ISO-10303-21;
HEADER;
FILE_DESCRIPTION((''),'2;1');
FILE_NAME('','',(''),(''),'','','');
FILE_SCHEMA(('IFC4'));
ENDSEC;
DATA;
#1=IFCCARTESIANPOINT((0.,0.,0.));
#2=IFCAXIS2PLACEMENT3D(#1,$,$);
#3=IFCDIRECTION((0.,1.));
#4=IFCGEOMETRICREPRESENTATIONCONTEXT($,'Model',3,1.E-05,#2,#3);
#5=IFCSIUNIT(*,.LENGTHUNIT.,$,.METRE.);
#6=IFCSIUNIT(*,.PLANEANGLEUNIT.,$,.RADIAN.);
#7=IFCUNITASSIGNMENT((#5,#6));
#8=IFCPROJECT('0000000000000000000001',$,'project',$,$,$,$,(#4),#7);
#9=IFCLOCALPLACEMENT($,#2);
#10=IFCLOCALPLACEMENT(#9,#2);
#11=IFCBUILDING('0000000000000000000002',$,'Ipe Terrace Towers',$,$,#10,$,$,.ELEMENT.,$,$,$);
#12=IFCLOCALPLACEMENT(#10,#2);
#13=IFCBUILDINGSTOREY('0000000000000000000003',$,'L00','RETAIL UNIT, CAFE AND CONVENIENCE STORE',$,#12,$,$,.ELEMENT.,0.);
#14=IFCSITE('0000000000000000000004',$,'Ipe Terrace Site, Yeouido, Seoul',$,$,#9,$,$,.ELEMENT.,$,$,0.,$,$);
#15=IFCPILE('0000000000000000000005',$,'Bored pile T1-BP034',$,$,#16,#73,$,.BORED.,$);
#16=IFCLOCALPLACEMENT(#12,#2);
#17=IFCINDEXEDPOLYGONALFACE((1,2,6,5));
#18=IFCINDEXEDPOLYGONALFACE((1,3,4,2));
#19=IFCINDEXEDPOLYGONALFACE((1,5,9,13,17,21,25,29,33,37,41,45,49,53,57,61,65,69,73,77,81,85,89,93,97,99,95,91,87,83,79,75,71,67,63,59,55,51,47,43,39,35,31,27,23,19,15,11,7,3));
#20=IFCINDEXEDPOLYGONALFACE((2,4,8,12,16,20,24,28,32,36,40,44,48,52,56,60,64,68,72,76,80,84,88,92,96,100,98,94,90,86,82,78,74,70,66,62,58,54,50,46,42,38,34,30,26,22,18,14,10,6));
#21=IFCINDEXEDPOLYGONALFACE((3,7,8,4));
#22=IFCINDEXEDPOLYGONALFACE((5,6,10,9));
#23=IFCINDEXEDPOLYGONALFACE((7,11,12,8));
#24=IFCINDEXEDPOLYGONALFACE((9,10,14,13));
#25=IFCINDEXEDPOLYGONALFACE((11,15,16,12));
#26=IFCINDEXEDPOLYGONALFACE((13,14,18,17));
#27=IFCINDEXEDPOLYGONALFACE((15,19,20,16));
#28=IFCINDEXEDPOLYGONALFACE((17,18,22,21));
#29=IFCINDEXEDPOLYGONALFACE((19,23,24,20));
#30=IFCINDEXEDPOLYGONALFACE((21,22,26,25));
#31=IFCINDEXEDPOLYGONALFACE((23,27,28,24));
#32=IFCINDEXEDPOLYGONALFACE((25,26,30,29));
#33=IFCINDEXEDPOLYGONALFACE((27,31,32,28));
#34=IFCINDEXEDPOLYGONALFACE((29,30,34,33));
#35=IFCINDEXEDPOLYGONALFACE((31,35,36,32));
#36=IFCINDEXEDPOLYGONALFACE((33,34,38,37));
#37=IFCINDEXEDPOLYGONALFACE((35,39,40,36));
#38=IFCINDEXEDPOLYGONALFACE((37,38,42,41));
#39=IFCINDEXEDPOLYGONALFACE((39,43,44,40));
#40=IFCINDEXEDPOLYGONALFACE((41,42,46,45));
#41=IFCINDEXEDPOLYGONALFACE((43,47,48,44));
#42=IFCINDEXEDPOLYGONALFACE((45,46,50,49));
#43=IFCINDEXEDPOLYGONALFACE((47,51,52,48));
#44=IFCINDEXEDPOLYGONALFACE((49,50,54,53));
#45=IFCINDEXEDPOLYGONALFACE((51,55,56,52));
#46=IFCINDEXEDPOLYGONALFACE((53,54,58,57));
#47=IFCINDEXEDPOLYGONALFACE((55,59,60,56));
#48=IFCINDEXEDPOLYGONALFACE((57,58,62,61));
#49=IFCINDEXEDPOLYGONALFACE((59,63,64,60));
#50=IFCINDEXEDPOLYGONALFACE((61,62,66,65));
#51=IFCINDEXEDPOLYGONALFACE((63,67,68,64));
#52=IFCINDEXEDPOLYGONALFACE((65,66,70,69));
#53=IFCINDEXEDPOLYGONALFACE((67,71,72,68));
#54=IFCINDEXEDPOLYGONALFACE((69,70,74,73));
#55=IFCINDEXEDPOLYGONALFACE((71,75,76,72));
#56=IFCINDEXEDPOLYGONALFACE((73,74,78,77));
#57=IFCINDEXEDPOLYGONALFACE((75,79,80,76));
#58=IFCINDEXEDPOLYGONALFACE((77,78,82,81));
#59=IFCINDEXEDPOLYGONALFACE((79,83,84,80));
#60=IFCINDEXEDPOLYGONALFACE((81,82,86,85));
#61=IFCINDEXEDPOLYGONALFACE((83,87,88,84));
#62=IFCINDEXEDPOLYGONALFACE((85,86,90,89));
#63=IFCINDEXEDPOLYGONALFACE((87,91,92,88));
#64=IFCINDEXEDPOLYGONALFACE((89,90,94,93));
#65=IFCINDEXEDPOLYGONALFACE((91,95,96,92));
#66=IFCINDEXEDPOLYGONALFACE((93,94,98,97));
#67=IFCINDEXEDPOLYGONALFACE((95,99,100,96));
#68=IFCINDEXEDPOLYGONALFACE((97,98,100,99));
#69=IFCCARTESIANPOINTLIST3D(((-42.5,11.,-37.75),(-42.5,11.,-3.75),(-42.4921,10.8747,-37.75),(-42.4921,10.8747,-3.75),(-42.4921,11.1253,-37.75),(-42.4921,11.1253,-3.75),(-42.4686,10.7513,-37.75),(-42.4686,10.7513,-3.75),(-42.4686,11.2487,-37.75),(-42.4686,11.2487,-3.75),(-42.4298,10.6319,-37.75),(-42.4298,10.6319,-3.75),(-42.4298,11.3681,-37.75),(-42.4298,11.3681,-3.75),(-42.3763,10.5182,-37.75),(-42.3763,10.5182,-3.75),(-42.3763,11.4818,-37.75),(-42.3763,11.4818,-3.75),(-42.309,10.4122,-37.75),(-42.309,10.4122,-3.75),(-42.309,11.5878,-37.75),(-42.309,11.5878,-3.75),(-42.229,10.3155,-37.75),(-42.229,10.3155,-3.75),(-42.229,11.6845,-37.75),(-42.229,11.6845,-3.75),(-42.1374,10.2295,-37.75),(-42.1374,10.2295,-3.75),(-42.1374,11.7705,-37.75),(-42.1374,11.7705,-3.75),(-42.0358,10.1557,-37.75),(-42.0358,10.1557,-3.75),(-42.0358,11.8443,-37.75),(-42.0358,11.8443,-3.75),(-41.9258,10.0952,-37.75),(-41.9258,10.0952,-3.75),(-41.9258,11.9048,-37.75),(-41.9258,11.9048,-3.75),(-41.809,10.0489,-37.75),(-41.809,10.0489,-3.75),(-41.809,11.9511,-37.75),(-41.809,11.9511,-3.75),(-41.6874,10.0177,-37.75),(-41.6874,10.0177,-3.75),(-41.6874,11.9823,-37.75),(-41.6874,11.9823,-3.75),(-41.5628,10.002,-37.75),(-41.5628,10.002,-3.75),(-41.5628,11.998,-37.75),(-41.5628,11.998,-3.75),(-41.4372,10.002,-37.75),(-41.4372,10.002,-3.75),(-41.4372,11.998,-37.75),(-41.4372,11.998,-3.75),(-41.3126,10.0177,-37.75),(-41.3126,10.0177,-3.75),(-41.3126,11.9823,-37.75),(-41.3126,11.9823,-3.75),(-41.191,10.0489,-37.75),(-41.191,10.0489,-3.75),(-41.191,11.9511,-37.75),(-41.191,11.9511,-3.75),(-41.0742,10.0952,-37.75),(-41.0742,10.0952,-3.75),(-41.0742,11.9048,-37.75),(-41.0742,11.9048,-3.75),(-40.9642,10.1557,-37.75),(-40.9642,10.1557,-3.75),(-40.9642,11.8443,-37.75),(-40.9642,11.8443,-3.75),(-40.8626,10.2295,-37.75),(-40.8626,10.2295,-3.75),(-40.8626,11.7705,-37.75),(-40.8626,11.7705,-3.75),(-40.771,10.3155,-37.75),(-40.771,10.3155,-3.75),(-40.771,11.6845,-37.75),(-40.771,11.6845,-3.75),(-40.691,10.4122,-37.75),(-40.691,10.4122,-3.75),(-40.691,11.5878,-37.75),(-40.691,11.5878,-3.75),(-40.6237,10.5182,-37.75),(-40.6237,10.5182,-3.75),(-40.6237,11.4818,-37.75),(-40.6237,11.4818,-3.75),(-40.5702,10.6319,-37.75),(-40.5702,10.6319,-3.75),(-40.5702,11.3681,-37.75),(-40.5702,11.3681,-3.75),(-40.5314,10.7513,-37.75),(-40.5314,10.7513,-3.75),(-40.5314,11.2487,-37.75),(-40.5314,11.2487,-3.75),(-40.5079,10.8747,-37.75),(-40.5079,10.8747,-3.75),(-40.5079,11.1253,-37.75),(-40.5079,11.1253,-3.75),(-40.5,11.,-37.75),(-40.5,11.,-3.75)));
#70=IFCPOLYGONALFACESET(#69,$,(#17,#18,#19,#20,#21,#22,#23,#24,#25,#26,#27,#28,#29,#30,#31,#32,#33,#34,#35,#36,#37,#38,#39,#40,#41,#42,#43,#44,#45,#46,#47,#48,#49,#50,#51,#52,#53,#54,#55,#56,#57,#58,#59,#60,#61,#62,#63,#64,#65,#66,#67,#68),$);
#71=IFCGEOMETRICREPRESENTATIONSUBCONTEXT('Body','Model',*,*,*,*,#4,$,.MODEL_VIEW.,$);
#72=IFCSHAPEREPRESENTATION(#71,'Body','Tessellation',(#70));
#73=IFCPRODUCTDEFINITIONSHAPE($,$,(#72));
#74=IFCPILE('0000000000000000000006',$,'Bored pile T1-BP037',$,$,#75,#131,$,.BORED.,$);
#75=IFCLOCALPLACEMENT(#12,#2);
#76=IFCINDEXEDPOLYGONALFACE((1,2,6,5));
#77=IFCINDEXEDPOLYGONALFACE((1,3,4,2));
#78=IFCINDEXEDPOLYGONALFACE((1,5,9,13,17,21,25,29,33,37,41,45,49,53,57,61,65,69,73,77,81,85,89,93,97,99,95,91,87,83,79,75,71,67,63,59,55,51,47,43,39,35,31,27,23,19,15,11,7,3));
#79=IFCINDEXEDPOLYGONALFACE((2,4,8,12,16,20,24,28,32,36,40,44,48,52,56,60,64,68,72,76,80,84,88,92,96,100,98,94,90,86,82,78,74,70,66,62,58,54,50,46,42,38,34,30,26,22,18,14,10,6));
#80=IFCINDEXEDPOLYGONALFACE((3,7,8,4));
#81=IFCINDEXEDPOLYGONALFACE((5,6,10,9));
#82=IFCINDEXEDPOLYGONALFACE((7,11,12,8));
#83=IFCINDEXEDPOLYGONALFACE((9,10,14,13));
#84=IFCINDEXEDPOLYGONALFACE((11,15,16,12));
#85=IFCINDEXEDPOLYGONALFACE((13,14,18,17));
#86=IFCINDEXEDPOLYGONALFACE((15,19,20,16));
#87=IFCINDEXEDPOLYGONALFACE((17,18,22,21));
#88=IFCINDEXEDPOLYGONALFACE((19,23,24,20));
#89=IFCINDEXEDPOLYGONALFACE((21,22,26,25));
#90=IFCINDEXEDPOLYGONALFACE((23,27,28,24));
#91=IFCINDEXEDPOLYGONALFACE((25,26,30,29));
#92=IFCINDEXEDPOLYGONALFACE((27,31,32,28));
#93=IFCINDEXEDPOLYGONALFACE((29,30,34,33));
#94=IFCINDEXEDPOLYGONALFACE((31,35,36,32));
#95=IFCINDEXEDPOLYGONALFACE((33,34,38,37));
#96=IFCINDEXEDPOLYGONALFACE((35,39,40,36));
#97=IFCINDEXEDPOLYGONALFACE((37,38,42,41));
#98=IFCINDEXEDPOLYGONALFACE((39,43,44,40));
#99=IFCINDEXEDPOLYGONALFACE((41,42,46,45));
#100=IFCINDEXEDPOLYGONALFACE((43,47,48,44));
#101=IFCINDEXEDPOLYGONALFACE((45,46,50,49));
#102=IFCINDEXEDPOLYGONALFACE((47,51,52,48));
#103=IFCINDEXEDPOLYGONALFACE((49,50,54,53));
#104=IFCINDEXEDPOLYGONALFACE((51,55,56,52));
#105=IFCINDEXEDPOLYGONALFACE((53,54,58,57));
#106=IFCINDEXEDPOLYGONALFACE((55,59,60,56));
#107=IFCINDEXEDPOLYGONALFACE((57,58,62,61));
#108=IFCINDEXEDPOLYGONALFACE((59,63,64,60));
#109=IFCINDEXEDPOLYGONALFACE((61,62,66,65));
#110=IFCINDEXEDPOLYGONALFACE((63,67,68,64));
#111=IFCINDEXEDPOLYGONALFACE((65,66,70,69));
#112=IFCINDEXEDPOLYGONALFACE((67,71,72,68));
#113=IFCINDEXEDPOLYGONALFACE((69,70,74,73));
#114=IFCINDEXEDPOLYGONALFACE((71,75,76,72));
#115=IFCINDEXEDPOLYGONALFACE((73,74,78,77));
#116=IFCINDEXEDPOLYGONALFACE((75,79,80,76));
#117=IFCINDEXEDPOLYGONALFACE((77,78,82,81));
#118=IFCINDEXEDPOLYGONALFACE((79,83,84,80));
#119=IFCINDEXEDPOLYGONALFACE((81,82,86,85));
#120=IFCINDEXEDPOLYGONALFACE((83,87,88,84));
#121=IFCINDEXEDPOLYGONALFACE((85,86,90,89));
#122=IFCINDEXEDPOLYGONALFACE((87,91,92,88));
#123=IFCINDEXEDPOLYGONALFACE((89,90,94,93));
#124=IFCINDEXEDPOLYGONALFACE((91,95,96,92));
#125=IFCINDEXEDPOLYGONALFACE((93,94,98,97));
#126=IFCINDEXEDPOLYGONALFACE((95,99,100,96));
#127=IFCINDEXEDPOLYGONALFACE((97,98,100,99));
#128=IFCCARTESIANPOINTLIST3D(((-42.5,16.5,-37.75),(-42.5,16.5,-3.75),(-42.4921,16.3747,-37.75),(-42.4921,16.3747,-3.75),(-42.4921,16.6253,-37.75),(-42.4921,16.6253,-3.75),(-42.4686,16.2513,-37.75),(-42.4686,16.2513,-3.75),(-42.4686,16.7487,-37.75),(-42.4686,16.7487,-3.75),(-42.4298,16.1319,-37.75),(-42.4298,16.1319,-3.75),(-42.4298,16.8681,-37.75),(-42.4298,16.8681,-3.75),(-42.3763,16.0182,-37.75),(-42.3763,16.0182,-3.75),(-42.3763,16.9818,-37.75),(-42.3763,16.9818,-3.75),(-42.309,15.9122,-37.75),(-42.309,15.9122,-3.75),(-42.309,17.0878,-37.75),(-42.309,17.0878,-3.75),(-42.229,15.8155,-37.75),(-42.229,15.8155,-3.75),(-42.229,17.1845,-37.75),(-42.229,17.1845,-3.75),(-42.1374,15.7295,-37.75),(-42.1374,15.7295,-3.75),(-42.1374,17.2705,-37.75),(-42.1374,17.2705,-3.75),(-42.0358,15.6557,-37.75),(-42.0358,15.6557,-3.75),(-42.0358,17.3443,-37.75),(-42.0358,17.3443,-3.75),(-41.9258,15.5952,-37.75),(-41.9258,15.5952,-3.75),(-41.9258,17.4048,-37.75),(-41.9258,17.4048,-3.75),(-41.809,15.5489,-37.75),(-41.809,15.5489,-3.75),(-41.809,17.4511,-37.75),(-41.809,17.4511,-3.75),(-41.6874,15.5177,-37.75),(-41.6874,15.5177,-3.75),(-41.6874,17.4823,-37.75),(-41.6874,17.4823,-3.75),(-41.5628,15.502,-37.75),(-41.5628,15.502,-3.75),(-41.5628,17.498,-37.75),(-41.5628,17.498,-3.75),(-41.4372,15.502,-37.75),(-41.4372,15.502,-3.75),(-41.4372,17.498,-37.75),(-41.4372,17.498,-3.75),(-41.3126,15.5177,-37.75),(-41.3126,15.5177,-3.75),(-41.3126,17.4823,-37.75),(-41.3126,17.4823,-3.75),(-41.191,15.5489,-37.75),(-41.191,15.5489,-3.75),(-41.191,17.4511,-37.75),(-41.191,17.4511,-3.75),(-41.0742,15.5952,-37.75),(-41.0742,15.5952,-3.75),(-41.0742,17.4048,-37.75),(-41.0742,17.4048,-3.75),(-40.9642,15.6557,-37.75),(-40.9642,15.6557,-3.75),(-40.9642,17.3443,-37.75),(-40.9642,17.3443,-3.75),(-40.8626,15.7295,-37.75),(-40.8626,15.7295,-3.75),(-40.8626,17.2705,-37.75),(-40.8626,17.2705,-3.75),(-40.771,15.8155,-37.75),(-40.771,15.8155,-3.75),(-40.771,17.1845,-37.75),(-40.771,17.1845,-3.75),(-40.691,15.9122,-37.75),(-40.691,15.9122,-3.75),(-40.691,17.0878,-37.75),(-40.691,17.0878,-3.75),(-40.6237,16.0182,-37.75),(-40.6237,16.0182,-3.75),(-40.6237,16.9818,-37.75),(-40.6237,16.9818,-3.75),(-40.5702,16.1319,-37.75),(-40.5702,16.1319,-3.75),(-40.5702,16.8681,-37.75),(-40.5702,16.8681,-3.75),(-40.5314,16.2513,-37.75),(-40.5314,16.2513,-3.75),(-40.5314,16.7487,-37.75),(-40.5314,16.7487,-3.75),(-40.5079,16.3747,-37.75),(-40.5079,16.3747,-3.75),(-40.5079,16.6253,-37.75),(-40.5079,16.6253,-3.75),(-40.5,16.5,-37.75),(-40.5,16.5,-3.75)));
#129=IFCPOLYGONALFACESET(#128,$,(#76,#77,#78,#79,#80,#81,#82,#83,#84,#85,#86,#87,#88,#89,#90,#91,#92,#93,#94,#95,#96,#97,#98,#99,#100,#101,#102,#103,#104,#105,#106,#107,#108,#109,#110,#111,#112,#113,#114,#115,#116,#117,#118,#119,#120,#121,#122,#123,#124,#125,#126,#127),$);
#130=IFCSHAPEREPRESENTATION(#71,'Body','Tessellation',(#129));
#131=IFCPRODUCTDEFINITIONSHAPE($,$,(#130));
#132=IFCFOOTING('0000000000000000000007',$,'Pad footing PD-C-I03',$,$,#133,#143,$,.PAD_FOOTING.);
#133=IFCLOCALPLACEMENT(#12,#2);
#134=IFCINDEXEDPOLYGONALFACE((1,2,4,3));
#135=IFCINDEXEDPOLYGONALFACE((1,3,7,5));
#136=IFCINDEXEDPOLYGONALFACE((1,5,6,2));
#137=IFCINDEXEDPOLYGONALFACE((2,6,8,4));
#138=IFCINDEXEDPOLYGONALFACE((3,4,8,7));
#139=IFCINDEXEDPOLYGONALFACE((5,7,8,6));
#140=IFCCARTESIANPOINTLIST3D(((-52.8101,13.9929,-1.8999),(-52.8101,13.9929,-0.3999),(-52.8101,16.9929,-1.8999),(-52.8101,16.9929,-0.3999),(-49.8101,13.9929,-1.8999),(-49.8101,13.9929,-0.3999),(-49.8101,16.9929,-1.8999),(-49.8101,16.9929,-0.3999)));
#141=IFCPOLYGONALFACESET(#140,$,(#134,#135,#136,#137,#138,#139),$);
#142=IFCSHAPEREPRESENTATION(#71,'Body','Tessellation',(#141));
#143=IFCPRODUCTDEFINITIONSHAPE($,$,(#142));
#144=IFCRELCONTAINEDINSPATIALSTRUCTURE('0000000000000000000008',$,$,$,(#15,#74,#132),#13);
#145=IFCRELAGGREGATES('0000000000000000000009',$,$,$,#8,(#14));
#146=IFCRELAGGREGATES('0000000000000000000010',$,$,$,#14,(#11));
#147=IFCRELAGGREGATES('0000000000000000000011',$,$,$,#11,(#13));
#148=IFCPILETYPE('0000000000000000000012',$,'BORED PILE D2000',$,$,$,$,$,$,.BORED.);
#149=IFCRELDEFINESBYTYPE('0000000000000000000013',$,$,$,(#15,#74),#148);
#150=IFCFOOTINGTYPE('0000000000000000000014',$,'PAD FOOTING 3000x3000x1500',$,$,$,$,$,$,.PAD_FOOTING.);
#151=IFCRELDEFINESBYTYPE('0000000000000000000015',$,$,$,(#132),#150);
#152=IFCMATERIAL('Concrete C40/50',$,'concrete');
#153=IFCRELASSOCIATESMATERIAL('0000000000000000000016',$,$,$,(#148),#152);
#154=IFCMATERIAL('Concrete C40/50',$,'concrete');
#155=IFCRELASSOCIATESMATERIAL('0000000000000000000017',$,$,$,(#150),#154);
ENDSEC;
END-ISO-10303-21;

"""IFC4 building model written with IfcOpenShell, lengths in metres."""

from ifc_helpers import new_model, si_unit, direction, frame, origin, origin_2d, place, context, subcontext, project, spatial, rectangle, circle, extrude, material, material_profile, profile_set, type_object, element, save


model = new_model("IFC4")

# Units and contexts
model_context = context("Model", 3, precision=1e-05, world=origin(), true_north=direction((0.0, 1.0)))
body_context = subcontext(model_context, "Body", "Model", "MODEL_VIEW")
ifc_project = project(units=[si_unit("LENGTHUNIT", "METRE"), si_unit("PLANEANGLEUNIT", "RADIAN")], contexts=[model_context])

# Site, building, storey
site_placement = place(None, origin())
site = spatial("IfcSite", under=ifc_project, at=site_placement, Name="Ipe Terrace Site, Yeouido, Seoul", CompositionType="ELEMENT", RefElevation=0.0)
building_placement = place(site_placement, origin())
building = spatial("IfcBuilding", under=site, at=building_placement, Name="Ipe Terrace Towers", CompositionType="ELEMENT")
storey_placement = place(building_placement, origin())
storey = spatial("IfcBuildingStorey", under=building, at=storey_placement, Name="L00", Description="RETAIL UNIT, CAFE AND CONVENIENCE STORE", CompositionType="ELEMENT", Elevation=0.0)

# Piles
ifc_material_1 = material(Name="Concrete C40/50", Category="concrete")
ifc_material_profile_1 = material_profile(ifc_material_1, circle(Radius=1.0, at=origin_2d()), Name="BORED PILE D2000")
ifc_profile_set_1 = profile_set([ifc_material_profile_1], Name="Concrete C40/50")
pile_type = type_object("IfcPileType", Name="BORED PILE D2000", PredefinedType="BORED", material=ifc_profile_set_1)
for number, where, z_axis, x_axis, name in (
    (1, (-41.5, 11.0, -3.75), (0.0, 0.0, -1.0), (1.0, 0.0, 0.0), "Bored pile T1-BP034"),
    (2, (-41.5, 16.5, -3.75), (0.0, 0.0, -1.0), (1.0, 0.0, 0.0), "Bored pile T1-BP037"),
):
    element("IfcPile", number, at=place(storey_placement, frame(where, z_axis=z_axis, x_axis=x_axis)), inside=storey, type_object=pile_type, Name=name, PredefinedType="BORED", context=body_context, shape_type="SweptSolid", body=[
        extrude(circle(Radius=1.0, at=origin_2d()), origin(), (0.0, 0.0, 1.0), 34.0),
    ])

# Footing
ifc_material_2 = material(Name="Concrete C40/50", Category="concrete")
footing_type = type_object("IfcFootingType", Name="PAD FOOTING 3000x3000x1500", PredefinedType="PAD_FOOTING", material=ifc_material_2)
footing_placement = place(storey_placement, frame((-51.3101, 15.4929, -1.8999), z_axis=(0.0, 0.0, 1.0), x_axis=(1.0, 0.0, 0.0)))
element("IfcFooting", 3, at=footing_placement, inside=storey, type_object=footing_type, Name="Pad footing PD-C-I03", PredefinedType="PAD_FOOTING", context=body_context, shape_type="SweptSolid", body=[
    extrude(rectangle(XDim=3.0, YDim=3.0, at=origin_2d()), origin(), (0.0, 0.0, 1.0), 1.5),
])

save(model, "model.ifc")
